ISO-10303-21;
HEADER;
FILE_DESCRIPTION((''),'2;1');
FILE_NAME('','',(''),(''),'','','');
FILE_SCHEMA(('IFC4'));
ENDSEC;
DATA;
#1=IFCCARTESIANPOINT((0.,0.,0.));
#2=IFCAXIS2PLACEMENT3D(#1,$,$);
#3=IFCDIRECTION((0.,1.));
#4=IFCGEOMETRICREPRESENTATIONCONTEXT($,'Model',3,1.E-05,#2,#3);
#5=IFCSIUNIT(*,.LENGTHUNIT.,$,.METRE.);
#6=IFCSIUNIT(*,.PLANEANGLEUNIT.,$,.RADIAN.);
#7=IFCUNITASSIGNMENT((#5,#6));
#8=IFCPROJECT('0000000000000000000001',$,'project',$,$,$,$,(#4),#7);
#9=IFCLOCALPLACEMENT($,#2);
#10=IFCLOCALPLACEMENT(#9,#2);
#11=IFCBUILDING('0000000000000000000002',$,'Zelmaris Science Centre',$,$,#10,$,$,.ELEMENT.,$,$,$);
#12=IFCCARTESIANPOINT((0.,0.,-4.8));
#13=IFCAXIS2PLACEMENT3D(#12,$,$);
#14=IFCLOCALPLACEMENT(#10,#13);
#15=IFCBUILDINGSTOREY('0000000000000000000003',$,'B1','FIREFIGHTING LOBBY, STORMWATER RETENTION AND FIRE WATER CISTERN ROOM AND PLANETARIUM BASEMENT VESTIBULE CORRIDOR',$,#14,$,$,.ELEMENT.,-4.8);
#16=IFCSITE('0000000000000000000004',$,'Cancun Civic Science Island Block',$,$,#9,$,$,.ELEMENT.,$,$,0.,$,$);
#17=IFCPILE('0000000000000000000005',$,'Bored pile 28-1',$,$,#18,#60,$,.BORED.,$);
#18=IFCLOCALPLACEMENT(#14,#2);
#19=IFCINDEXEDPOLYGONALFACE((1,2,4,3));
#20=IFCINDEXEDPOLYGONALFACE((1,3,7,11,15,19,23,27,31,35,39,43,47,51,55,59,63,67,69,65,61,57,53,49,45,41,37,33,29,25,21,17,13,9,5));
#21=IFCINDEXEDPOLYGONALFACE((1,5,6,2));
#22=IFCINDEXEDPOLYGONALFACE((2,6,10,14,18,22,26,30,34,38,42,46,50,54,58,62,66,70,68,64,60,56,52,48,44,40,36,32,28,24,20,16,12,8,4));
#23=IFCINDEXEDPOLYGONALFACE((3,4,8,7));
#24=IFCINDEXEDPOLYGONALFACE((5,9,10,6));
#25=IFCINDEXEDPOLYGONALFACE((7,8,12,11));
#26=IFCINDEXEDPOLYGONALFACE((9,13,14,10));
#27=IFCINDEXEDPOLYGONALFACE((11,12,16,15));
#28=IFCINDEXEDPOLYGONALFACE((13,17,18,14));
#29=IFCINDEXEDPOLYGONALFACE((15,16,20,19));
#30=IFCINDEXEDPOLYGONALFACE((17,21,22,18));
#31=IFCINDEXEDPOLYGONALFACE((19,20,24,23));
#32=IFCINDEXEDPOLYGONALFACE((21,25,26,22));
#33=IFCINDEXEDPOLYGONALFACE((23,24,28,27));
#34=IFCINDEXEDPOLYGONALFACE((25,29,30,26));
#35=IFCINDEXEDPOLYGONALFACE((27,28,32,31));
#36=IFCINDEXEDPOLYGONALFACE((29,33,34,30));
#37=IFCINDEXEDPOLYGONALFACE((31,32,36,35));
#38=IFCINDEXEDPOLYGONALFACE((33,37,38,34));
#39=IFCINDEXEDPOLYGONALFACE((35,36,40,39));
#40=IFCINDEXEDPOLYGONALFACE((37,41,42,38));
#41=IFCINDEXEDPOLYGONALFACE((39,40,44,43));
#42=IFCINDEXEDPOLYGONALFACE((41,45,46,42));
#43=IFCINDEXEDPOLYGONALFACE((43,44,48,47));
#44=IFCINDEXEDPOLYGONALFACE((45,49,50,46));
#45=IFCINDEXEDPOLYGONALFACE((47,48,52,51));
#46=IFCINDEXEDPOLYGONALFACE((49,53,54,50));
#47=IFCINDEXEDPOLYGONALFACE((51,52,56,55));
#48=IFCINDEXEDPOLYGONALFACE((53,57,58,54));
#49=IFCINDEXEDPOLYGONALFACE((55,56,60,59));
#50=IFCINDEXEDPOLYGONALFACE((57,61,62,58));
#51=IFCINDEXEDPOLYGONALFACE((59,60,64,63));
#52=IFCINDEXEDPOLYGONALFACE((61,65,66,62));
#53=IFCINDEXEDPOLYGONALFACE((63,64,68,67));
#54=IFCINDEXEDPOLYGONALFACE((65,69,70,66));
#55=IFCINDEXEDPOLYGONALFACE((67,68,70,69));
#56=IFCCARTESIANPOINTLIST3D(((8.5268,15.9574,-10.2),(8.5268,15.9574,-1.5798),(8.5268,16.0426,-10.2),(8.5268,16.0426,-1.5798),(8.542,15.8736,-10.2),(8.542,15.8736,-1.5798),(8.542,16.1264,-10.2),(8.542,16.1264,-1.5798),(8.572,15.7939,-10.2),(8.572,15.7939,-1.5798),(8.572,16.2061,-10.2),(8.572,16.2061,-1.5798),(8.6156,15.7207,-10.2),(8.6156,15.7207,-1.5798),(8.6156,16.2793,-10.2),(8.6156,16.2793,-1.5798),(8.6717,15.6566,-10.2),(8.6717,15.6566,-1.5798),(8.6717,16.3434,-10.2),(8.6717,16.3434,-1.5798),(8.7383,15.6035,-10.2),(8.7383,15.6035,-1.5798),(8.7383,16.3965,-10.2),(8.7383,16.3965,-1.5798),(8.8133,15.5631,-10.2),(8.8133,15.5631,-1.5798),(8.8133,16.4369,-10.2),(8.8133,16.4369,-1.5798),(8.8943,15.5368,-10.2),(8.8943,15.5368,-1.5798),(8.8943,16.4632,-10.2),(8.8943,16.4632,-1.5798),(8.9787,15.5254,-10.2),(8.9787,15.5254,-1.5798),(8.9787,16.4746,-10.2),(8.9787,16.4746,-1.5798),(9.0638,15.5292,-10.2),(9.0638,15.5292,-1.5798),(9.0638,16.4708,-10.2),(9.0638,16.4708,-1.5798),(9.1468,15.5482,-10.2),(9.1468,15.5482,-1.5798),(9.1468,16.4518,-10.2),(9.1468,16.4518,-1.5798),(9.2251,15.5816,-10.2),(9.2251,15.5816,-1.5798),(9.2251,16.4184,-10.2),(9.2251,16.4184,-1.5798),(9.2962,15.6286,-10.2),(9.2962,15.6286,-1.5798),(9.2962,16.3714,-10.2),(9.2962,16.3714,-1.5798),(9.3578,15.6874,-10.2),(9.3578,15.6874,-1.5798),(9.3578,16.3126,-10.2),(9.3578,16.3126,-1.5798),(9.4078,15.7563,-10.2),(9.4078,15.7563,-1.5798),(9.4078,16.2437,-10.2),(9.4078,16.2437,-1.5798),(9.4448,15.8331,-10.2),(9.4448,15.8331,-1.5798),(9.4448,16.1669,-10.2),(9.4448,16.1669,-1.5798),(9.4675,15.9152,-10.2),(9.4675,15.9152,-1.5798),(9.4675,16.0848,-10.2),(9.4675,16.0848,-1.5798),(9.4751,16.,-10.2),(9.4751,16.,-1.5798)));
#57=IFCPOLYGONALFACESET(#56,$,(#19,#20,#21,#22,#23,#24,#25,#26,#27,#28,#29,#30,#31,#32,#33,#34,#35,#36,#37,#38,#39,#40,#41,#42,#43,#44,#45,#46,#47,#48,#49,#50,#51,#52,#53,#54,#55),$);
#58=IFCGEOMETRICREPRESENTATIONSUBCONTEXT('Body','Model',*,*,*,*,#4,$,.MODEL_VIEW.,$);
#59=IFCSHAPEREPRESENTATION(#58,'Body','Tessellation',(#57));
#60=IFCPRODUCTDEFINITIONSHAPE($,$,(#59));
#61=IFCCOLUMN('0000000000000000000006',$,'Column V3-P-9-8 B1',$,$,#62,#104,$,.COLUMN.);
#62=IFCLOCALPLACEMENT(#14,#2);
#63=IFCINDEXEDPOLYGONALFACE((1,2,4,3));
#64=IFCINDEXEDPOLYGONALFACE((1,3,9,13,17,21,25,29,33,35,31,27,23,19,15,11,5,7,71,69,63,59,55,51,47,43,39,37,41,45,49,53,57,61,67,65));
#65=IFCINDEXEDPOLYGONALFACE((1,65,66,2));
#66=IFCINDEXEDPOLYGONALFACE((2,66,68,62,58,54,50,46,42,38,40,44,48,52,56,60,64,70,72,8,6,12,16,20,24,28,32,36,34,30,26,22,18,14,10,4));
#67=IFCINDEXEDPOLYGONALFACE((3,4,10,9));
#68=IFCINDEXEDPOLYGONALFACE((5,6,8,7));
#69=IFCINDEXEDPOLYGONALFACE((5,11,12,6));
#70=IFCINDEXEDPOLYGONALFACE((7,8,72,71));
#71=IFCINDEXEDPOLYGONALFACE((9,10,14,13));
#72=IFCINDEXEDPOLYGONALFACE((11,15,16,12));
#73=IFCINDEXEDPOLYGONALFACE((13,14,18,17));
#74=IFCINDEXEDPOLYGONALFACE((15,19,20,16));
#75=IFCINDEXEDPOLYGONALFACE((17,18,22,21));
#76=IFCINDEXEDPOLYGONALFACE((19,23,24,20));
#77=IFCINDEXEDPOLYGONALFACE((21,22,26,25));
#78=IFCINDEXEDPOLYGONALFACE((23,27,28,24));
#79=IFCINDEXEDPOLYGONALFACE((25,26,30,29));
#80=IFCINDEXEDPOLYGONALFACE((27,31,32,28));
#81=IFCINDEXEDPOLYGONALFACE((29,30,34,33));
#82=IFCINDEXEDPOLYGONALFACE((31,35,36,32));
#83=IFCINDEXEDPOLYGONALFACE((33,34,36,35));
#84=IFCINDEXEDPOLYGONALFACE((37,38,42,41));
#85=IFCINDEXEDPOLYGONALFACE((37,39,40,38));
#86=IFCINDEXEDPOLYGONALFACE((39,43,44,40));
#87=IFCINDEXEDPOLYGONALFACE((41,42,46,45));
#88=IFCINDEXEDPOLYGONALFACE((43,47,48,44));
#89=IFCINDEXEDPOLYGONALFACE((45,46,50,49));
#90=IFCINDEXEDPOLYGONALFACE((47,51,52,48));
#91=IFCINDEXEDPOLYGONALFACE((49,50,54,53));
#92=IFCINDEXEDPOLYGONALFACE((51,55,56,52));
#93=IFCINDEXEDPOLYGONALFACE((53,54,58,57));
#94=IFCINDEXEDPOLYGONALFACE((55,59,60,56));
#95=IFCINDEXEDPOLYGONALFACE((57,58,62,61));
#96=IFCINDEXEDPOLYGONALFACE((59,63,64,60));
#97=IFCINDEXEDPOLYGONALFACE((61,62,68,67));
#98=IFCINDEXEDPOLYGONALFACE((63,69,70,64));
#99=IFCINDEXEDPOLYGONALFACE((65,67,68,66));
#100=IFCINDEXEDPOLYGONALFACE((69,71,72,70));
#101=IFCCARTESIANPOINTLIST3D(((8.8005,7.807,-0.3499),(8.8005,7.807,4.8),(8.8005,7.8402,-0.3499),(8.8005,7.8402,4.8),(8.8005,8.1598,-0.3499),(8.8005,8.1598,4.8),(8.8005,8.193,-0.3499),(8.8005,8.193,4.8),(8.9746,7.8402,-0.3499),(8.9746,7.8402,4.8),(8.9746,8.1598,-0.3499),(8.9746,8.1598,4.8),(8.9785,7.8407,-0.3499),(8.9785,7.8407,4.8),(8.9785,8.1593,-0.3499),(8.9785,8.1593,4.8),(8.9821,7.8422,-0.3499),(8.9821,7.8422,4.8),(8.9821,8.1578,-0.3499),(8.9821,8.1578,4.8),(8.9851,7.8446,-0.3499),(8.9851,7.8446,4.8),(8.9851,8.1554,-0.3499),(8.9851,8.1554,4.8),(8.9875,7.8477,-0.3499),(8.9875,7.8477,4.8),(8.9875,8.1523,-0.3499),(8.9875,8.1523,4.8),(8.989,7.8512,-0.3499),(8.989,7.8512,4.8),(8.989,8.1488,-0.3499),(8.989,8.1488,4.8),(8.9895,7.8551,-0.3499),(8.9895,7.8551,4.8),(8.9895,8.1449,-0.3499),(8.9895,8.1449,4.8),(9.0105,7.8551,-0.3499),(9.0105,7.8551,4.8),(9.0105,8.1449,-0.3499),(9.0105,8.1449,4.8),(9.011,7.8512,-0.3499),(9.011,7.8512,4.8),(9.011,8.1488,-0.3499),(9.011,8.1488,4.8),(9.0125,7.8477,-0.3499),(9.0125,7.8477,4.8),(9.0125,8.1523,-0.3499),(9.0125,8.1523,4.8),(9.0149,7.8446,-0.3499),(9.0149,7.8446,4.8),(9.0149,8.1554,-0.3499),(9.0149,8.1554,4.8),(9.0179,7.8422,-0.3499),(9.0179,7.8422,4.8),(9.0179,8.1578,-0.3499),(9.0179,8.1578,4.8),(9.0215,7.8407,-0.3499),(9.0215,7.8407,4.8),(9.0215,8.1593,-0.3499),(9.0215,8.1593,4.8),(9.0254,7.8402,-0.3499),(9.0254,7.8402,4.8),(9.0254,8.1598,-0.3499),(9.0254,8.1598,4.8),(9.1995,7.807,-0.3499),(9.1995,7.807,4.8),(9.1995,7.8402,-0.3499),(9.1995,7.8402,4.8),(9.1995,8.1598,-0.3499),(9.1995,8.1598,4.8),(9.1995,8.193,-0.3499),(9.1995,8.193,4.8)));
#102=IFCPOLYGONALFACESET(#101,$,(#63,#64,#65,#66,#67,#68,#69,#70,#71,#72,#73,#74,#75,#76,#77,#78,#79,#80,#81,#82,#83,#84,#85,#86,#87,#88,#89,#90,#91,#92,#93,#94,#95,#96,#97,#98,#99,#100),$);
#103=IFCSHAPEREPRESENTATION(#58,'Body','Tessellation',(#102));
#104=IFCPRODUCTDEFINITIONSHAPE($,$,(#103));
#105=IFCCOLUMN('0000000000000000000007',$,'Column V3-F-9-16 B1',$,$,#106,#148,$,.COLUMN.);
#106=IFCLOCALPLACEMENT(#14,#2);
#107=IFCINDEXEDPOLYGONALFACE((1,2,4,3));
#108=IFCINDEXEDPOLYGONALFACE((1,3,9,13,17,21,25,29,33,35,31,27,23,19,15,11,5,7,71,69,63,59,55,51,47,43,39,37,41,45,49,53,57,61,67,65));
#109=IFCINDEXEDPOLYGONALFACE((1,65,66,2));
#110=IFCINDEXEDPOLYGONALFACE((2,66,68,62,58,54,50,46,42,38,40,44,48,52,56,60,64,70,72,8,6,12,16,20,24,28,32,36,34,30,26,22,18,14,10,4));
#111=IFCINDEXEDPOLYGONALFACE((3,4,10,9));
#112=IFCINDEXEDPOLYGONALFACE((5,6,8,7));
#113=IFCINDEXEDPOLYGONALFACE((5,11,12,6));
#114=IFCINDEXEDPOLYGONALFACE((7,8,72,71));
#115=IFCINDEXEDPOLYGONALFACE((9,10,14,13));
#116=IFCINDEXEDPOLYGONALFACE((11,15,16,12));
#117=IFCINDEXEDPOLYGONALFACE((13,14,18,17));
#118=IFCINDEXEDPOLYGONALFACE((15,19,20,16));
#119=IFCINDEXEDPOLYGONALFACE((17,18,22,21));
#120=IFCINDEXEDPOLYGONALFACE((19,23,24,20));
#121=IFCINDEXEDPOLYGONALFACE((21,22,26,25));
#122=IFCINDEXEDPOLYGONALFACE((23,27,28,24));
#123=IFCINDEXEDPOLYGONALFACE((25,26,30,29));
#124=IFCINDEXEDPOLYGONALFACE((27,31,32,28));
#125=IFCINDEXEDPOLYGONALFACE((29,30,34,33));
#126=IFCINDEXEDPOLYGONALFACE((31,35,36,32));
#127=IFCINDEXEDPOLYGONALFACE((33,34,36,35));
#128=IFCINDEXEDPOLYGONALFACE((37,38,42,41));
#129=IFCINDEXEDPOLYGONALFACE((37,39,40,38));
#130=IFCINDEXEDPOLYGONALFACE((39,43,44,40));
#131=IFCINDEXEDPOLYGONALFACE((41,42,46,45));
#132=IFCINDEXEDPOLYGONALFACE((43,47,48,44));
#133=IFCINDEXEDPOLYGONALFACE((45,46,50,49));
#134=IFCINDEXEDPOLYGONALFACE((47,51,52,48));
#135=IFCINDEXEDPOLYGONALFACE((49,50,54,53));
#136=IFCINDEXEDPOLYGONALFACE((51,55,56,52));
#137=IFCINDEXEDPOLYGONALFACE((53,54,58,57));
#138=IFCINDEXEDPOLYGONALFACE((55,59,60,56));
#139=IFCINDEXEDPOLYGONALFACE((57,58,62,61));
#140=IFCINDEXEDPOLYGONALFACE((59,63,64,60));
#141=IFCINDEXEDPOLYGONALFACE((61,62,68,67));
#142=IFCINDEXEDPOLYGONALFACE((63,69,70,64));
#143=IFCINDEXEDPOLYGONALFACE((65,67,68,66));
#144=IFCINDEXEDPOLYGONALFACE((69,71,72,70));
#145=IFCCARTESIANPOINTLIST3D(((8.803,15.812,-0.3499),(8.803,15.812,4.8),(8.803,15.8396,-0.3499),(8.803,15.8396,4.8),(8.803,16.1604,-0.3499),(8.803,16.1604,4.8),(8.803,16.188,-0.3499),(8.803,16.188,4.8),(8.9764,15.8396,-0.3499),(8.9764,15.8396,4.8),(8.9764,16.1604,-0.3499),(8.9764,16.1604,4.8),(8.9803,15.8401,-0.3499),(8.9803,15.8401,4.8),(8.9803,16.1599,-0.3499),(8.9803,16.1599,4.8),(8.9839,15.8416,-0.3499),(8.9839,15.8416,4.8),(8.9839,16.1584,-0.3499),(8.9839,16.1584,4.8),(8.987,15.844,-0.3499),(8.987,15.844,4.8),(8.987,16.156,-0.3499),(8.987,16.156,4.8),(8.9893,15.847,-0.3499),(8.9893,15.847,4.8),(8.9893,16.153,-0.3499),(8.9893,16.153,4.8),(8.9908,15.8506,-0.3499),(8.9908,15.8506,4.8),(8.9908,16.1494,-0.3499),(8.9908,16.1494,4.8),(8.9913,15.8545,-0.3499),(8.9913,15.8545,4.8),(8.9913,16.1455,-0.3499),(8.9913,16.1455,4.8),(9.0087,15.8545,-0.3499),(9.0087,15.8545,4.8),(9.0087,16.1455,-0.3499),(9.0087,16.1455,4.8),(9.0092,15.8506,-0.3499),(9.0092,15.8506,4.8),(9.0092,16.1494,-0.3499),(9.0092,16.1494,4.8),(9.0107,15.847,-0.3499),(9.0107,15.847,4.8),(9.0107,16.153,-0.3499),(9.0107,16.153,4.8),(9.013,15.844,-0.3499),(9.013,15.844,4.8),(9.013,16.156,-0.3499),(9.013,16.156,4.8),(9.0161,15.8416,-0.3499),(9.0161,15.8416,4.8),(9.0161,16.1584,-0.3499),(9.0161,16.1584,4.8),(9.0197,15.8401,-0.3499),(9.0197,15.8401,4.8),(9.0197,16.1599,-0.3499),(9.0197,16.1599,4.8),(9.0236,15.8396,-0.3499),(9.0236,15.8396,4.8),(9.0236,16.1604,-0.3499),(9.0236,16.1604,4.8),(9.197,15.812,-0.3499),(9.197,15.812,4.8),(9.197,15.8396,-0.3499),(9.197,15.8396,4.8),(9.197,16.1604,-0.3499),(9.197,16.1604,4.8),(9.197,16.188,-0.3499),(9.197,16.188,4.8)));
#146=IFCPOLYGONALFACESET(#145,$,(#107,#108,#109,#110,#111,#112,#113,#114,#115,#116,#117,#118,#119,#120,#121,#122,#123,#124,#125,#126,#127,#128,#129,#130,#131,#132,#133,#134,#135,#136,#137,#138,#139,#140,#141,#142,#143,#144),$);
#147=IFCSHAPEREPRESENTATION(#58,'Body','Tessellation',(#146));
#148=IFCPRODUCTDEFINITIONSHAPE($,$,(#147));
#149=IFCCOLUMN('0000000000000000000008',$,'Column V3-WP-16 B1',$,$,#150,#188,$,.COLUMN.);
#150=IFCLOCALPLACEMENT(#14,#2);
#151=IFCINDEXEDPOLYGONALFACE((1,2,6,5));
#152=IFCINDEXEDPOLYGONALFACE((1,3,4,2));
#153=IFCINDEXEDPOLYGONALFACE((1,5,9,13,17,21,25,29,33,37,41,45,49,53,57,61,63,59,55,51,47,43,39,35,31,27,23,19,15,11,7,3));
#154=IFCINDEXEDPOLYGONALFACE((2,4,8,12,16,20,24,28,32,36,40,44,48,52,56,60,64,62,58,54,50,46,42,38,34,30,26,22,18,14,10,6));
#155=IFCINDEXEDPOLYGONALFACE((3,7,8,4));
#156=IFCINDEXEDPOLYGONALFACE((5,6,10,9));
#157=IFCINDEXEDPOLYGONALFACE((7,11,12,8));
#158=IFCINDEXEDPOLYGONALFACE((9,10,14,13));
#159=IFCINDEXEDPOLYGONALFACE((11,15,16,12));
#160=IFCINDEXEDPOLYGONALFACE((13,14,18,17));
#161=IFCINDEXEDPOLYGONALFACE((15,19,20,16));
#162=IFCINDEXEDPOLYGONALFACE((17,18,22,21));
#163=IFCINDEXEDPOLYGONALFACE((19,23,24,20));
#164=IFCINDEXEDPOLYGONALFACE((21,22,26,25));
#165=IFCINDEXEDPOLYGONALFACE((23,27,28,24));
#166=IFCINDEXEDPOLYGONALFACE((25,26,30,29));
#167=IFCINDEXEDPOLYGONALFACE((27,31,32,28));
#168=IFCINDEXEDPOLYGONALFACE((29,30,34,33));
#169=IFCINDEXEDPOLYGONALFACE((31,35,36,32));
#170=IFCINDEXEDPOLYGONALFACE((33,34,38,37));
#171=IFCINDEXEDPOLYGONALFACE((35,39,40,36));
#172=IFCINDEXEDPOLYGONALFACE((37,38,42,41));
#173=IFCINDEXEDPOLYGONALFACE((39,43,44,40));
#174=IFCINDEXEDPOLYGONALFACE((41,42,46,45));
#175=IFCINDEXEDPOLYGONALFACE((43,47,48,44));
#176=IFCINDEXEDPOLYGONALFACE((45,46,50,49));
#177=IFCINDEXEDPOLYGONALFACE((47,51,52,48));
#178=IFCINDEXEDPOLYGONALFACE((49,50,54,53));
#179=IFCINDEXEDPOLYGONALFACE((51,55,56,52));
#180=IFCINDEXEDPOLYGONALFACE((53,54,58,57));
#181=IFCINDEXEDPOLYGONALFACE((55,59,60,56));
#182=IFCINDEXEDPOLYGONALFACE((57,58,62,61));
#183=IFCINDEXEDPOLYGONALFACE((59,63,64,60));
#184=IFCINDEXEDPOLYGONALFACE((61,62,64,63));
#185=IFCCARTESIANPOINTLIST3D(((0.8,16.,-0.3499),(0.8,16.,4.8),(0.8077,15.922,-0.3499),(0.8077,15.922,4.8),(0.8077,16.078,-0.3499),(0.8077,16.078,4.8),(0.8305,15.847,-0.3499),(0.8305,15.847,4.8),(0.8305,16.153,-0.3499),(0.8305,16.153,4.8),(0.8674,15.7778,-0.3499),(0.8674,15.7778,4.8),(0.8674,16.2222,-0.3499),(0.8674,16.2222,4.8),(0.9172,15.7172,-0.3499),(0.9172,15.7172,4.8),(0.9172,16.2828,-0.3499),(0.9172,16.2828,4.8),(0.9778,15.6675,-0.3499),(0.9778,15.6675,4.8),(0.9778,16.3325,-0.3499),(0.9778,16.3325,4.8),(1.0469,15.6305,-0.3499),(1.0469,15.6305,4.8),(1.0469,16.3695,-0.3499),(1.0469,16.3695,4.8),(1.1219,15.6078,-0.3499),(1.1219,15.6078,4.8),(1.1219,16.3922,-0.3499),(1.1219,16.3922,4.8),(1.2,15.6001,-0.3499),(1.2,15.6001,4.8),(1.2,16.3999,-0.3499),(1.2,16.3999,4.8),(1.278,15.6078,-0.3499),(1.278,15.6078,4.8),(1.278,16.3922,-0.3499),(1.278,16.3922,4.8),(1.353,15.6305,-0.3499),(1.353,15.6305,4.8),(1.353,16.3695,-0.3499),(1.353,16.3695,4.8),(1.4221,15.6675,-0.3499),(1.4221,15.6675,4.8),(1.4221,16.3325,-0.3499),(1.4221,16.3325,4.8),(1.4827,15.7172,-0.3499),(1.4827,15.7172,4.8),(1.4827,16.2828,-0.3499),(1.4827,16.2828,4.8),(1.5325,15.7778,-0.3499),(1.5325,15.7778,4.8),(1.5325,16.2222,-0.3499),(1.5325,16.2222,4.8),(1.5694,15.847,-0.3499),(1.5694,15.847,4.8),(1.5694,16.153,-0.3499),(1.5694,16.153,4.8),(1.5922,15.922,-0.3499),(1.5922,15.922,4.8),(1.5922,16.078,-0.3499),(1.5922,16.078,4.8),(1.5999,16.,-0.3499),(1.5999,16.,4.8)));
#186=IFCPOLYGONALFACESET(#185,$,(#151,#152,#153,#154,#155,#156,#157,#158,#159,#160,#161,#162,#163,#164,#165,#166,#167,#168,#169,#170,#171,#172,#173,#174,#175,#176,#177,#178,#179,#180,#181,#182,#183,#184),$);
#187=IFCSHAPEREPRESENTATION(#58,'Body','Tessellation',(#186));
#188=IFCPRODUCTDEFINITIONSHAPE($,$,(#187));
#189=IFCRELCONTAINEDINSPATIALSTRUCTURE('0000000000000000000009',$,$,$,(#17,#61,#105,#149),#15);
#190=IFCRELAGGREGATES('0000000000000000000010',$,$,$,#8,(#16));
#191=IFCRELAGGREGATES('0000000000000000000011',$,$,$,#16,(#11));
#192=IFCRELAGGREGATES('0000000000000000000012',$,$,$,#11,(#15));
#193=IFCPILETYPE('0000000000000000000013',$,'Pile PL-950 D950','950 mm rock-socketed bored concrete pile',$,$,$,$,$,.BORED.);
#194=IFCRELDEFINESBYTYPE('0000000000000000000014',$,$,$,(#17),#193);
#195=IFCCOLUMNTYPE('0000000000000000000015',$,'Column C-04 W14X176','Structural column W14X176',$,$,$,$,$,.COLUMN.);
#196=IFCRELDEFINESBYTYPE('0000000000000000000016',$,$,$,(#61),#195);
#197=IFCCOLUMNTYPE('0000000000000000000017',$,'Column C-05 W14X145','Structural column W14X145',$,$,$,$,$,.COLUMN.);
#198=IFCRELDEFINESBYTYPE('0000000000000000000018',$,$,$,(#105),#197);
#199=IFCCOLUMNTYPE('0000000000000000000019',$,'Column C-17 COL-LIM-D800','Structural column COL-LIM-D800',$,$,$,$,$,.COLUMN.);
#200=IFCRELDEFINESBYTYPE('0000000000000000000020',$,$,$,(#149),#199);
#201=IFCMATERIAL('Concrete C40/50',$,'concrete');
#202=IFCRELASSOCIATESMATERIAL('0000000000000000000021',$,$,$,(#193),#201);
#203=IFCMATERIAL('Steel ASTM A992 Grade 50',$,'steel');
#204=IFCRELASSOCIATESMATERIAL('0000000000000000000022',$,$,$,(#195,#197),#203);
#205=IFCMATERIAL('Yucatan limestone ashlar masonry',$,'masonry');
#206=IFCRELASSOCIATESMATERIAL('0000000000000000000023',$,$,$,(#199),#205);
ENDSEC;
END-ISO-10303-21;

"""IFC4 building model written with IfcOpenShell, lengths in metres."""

from ifc_helpers import new_model, si_unit, direction, frame, origin, origin_2d, place, context, subcontext, project, spatial, circle, i_section, extrude, material, material_profile, profile_set, type_object, element, save


model = new_model("IFC4")

# Units and contexts
model_context = context("Model", 3, precision=1e-05, world=origin(), true_north=direction((0.0, 1.0)))
body_context = subcontext(model_context, "Body", "Model", "MODEL_VIEW")
ifc_project = project(units=[si_unit("LENGTHUNIT", "METRE"), si_unit("PLANEANGLEUNIT", "RADIAN")], contexts=[model_context])

# Site, building, storey
site_placement = place(None, origin())
site = spatial("IfcSite", under=ifc_project, at=site_placement, Name="Cancun Civic Science Island Block", CompositionType="ELEMENT", RefElevation=0.0)
building_placement = place(site_placement, origin())
building = spatial("IfcBuilding", under=site, at=building_placement, Name="Zelmaris Science Centre", CompositionType="ELEMENT")
storey_placement = place(building_placement, frame((0.0, 0.0, -4.8)))
storey = spatial("IfcBuildingStorey", under=building, at=storey_placement, Name="B1", Description="FIREFIGHTING LOBBY, STORMWATER RETENTION AND FIRE WATER CISTERN ROOM AND PLANETARIUM BASEMENT VESTIBULE CORRIDOR", CompositionType="ELEMENT", Elevation=-4.8)

# Shared definitions
ifc_material_1 = material(Name="Concrete C40/50", Category="concrete")

# Pile
ifc_material_profile_1 = material_profile(ifc_material_1, circle(Radius=0.4751, at=origin_2d()), Name="PILE-950")
ifc_profile_set_1 = profile_set([ifc_material_profile_1], Name="Concrete C40/50")
pile_type_1 = type_object("IfcPileType", Name="Pile PL-950 D950", Description="950 mm rock-socketed bored concrete pile", PredefinedType="BORED", material=ifc_profile_set_1)
pile_1_placement = place(storey_placement, frame((9.0, 16.0, -1.5798), z_axis=(0.0, 0.0, -1.0), x_axis=(1.0, 0.0, 0.0)))
element("IfcPile", 1, at=pile_1_placement, inside=storey, type_object=pile_type_1, Name="Bored pile 28-1", PredefinedType="BORED", context=body_context, shape_type="SweptSolid", body=[
    extrude(circle(Radius=0.4751, at=origin_2d()), origin(), (0.0, 0.0, 1.0), 8.6201),
])

# Columns
ifc_material_2 = material(Name="Steel ASTM A992 Grade 50", Category="steel")
ifc_material_profile_2 = material_profile(ifc_material_2, i_section(OverallWidth=0.3989, OverallDepth=0.386, WebThickness=0.021, FlangeThickness=0.0332, FilletRadius=0.0149, at=origin_2d()), Name="W14X176")
ifc_profile_set_2 = profile_set([ifc_material_profile_2], Name="Steel ASTM A992 Grade 50")
column_type_1 = type_object("IfcColumnType", Name="Column C-04 W14X176", Description="Structural column W14X176", PredefinedType="COLUMN", material=ifc_profile_set_2)
column_1_placement = place(storey_placement, frame((9.0, 8.0, -0.3499), z_axis=(0.0, 0.0, 1.0), x_axis=(1.0, 0.0, 0.0)))
element("IfcColumn", 2, at=column_1_placement, inside=storey, type_object=column_type_1, Name="Column V3-P-9-8 B1", PredefinedType="COLUMN", context=body_context, shape_type="SweptSolid", body=[
    extrude(i_section(OverallWidth=0.3989, OverallDepth=0.386, WebThickness=0.021, FlangeThickness=0.0332, FilletRadius=0.0149, at=origin_2d()), origin(), (0.0, 0.0, 1.0), 5.1499),
])
ifc_material_profile_3 = material_profile(ifc_material_2, i_section(OverallWidth=0.394, OverallDepth=0.376, WebThickness=0.0173, FlangeThickness=0.0276, FilletRadius=0.0149, at=origin_2d()), Name="W14X145")
ifc_profile_set_3 = profile_set([ifc_material_profile_3], Name="Steel ASTM A992 Grade 50")
column_type_2 = type_object("IfcColumnType", Name="Column C-05 W14X145", Description="Structural column W14X145", PredefinedType="COLUMN", material=ifc_profile_set_3)
column_2_placement = place(storey_placement, frame((9.0, 16.0, -0.3499), z_axis=(0.0, 0.0, 1.0), x_axis=(1.0, 0.0, 0.0)))
element("IfcColumn", 3, at=column_2_placement, inside=storey, type_object=column_type_2, Name="Column V3-F-9-16 B1", PredefinedType="COLUMN", context=body_context, shape_type="SweptSolid", body=[
    extrude(i_section(OverallWidth=0.394, OverallDepth=0.376, WebThickness=0.0173, FlangeThickness=0.0276, FilletRadius=0.0149, at=origin_2d()), origin(), (0.0, 0.0, 1.0), 5.1499),
])
ifc_material_3 = material(Name="Yucatan limestone ashlar masonry", Category="masonry")
ifc_material_profile_4 = material_profile(ifc_material_3, circle(Radius=0.3999, at=origin_2d()), Name="COL-LIM-D800")
ifc_profile_set_4 = profile_set([ifc_material_profile_4], Name="Yucatan limestone ashlar masonry")
column_type_3 = type_object("IfcColumnType", Name="Column C-17 COL-LIM-D800", Description="Structural column COL-LIM-D800", PredefinedType="COLUMN", material=ifc_profile_set_4)
column_3_placement = place(storey_placement, frame((1.2, 16.0, -0.3499), z_axis=(0.0, 0.0, 1.0), x_axis=(1.0, 0.0, 0.0)))
element("IfcColumn", 4, at=column_3_placement, inside=storey, type_object=column_type_3, Name="Column V3-WP-16 B1", PredefinedType="COLUMN", context=body_context, shape_type="SweptSolid", body=[
    extrude(circle(Radius=0.3999, at=origin_2d()), origin(), (0.0, 0.0, 1.0), 5.1499),
])

save(model, "model.ifc")
